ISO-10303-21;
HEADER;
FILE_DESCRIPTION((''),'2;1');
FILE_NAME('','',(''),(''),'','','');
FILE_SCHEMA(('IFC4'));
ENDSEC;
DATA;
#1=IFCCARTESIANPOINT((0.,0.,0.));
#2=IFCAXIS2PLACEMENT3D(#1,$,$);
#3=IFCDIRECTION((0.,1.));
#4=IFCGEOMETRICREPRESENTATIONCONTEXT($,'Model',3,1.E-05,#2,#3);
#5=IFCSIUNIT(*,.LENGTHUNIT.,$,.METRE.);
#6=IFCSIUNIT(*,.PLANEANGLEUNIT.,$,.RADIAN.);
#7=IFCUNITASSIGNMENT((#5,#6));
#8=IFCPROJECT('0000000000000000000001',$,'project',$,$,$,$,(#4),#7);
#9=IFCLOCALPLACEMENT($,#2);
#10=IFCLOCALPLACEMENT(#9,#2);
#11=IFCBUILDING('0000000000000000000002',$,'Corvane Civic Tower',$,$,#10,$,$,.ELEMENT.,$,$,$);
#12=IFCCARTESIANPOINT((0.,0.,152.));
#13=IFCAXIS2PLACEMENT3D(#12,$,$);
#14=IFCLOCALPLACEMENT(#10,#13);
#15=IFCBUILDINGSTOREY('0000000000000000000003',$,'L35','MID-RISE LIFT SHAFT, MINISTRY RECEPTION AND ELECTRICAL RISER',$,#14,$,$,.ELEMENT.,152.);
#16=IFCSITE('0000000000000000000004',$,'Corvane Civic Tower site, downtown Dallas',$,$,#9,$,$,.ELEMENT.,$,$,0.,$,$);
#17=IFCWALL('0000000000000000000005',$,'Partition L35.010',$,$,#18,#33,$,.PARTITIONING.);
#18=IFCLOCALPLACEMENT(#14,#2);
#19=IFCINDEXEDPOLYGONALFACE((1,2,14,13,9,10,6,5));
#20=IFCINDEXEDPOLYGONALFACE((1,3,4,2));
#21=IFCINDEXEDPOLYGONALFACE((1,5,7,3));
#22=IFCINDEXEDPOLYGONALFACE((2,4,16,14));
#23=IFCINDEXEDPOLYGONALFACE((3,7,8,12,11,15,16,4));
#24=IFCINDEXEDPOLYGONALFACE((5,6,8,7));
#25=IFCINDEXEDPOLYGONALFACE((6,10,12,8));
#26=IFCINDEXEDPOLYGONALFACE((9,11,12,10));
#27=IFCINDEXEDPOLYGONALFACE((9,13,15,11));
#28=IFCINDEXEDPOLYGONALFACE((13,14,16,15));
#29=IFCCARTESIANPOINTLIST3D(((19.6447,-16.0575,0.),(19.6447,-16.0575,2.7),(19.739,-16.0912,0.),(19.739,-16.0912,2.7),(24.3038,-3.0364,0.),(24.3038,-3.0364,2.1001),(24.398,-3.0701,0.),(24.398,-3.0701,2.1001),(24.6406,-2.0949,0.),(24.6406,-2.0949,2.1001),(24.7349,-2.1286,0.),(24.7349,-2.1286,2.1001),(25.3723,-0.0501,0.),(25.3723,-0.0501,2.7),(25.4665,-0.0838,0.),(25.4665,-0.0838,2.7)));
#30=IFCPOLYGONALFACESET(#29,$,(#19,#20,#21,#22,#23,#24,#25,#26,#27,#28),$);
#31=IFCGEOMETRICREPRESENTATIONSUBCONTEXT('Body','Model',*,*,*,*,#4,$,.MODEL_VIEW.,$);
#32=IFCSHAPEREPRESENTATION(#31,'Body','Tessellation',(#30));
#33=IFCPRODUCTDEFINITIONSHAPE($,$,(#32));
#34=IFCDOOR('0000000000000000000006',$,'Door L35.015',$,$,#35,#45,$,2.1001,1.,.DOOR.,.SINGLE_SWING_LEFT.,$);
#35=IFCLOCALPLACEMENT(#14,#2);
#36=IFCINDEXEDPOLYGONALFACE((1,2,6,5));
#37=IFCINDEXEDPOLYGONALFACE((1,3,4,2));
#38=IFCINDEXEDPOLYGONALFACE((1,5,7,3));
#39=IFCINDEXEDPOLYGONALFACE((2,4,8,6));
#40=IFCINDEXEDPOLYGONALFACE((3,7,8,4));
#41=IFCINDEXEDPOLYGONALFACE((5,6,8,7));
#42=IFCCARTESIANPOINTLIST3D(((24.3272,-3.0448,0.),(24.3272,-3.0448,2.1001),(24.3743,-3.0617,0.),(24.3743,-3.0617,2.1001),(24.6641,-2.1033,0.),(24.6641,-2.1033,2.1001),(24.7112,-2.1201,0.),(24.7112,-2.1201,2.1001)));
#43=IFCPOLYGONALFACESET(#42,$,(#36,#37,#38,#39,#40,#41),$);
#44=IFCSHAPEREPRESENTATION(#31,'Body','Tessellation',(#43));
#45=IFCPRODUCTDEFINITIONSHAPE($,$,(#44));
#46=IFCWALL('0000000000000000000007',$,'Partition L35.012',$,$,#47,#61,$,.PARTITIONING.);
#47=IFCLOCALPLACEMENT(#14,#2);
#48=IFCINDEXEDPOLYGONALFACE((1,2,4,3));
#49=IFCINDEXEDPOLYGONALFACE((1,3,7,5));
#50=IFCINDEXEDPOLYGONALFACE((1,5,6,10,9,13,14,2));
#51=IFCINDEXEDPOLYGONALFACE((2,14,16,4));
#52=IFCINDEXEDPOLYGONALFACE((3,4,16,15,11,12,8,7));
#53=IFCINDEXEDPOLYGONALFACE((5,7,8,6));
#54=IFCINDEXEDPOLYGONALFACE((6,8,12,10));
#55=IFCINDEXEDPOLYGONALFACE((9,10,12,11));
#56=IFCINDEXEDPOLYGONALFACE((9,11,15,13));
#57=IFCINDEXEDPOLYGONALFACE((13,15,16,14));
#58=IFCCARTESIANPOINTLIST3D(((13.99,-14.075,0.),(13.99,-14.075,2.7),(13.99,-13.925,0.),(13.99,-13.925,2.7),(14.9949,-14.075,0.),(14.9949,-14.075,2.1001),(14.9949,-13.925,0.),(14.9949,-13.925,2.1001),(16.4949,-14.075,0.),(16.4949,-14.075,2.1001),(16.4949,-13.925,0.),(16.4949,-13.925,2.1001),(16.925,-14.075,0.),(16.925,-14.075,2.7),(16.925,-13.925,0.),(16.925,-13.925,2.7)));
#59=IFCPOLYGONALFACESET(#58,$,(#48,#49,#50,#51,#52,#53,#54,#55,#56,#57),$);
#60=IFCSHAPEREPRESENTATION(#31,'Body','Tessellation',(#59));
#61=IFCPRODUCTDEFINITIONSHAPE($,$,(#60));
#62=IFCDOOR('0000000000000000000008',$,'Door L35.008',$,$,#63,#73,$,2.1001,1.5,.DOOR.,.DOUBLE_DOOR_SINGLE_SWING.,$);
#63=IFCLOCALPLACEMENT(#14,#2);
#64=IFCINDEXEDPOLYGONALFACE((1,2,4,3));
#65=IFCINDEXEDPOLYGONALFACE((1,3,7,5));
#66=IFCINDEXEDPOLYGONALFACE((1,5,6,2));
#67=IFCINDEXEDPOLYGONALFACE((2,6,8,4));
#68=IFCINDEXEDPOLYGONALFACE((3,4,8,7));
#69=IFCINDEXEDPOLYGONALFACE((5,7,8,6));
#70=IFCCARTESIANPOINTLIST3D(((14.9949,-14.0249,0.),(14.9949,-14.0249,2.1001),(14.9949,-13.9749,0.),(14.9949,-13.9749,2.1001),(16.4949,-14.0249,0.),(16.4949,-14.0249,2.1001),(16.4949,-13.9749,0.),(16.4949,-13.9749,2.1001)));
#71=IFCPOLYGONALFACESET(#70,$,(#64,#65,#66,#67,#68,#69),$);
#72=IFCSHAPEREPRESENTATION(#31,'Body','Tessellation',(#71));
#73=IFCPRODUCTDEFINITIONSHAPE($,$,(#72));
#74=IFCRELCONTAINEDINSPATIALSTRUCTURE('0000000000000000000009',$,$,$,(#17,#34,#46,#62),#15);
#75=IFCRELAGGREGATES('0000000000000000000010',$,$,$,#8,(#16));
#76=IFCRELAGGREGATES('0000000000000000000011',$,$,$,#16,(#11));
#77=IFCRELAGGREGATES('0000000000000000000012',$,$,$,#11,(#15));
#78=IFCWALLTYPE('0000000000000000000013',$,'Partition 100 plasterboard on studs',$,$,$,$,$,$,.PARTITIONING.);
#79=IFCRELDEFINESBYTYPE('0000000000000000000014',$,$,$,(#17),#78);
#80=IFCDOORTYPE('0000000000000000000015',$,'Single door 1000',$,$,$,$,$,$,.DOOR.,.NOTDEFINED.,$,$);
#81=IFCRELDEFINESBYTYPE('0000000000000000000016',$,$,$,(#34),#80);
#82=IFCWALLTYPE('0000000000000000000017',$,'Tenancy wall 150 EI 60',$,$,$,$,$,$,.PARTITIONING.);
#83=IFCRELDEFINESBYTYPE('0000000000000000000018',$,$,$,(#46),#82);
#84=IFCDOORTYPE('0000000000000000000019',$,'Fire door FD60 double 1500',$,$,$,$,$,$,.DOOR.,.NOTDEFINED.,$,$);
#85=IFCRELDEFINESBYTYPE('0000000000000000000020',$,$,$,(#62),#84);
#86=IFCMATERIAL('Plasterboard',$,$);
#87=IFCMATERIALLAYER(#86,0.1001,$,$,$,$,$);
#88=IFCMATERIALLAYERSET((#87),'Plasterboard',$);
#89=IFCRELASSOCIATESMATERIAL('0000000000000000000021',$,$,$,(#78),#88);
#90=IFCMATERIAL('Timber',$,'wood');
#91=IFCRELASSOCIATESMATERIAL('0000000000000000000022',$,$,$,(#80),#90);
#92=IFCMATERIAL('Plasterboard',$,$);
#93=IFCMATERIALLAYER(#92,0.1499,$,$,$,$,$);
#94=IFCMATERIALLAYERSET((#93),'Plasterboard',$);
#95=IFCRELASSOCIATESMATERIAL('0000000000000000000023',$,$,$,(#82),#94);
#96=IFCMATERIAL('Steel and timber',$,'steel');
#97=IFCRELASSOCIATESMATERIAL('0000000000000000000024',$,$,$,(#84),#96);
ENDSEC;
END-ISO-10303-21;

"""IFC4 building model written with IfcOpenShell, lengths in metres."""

from ifc_helpers import new_model, si_unit, direction, frame, frame_2d, origin, place, context, subcontext, project, spatial, rectangle, extrude, material, layer, layer_set, type_object, element, fill, save


model = new_model("IFC4")

# Units and contexts
model_context = context("Model", 3, precision=1e-05, world=origin(), true_north=direction((0.0, 1.0)))
body_context = subcontext(model_context, "Body", "Model", "MODEL_VIEW")
ifc_project = project(units=[si_unit("LENGTHUNIT", "METRE"), si_unit("PLANEANGLEUNIT", "RADIAN")], contexts=[model_context])

# Site, building, storey
site_placement = place(None, origin())
site = spatial("IfcSite", under=ifc_project, at=site_placement, Name="Corvane Civic Tower site, downtown Dallas", CompositionType="ELEMENT", RefElevation=0.0)
building_placement = place(site_placement, origin())
building = spatial("IfcBuilding", under=site, at=building_placement, Name="Corvane Civic Tower", CompositionType="ELEMENT")
storey_placement = place(building_placement, frame((0.0, 0.0, 152.0)))
storey = spatial("IfcBuildingStorey", under=building, at=storey_placement, Name="L35", Description="MID-RISE LIFT SHAFT, MINISTRY RECEPTION AND ELECTRICAL RISER", CompositionType="ELEMENT", Elevation=152.0)

# Walls, openings, doors
ifc_material_1 = material(Name="Plasterboard")
ifc_layer_1 = layer(ifc_material_1, 0.1001)
ifc_layer_set_1 = layer_set([ifc_layer_1], Name="Plasterboard")
wall_type_1 = type_object("IfcWallType", Name="Partition 100 plasterboard on studs", PredefinedType="PARTITIONING", material=ifc_layer_set_1)
wall_1_placement = place(storey_placement, frame((19.6919, -16.0742, 0.0), z_axis=(0.0, 0.0, 1.0), x_axis=(0.336891, 0.941544, 0.0)))
wall_1 = element("IfcWall", 1, at=wall_1_placement, inside=storey, type_object=wall_type_1, Name="Partition L35.010", PredefinedType="PARTITIONING", context=body_context, shape_type="SweptSolid", body=[
    extrude(rectangle(XDim=17.0012, YDim=0.1001, at=frame_2d((8.5005, 0.0))), origin(), (0.0, 0.0, 1.0), 2.7),
])
opening_1_placement = place(wall_1_placement, frame((13.8293, 0.0, 0.0)))
opening_1 = element("IfcOpeningElement", 2, at=opening_1_placement, cuts=wall_1, PredefinedType="OPENING", context=body_context, shape_type="SweptSolid", body=[
    extrude(rectangle(XDim=1.0, YDim=2.1001, at=frame_2d((0.5, 1.05))), frame((0.0, 0.0601, 0.0), z_axis=(0.0, -1.0, 0.0), x_axis=(1.0, 0.0, 0.0)), (0.0, 0.0, 1.0), 0.1201),
])
ifc_material_2 = material(Name="Timber", Category="wood")
door_type_1 = type_object("IfcDoorType", Name="Single door 1000", OperationType="NOTDEFINED", PredefinedType="DOOR", material=ifc_material_2)
door_1_placement = place(opening_1_placement, frame((1.0, 0.0, 0.0), z_axis=(0.0, 0.0, 1.0), x_axis=(-1.0, 0.0, 0.0)))
door_1 = element("IfcDoor", 3, at=door_1_placement, inside=storey, type_object=door_type_1, Name="Door L35.015", OperationType="SINGLE_SWING_LEFT", OverallHeight=2.1001, OverallWidth=1.0, PredefinedType="DOOR", context=body_context, shape_type="SweptSolid", body=[
    extrude(rectangle(XDim=1.0, YDim=2.1001, at=frame_2d((0.5, 1.05))), frame((0.0, 0.0249, 0.0), z_axis=(0.0, -1.0, 0.0), x_axis=(1.0, 0.0, 0.0)), (0.0, 0.0, 1.0), 0.05),
])
fill(opening_1, door_1)
ifc_material_3 = material(Name="Plasterboard")
ifc_layer_2 = layer(ifc_material_3, 0.1499)
ifc_layer_set_2 = layer_set([ifc_layer_2], Name="Plasterboard")
wall_type_2 = type_object("IfcWallType", Name="Tenancy wall 150 EI 60", PredefinedType="PARTITIONING", material=ifc_layer_set_2)
wall_2_placement = place(storey_placement, frame((13.99, -14.0, 0.0), z_axis=(0.0, 0.0, 1.0), x_axis=(1.0, 0.0, 0.0)))
wall_2 = element("IfcWall", 4, at=wall_2_placement, inside=storey, type_object=wall_type_2, Name="Partition L35.012", PredefinedType="PARTITIONING", context=body_context, shape_type="SweptSolid", body=[
    extrude(rectangle(XDim=2.9351, YDim=0.1499, at=frame_2d((1.4675, 0.0))), origin(), (0.0, 0.0, 1.0), 2.7),
])
opening_2_placement = place(wall_2_placement, frame((1.0049, 0.0, 0.0)))
opening_2 = element("IfcOpeningElement", 5, at=opening_2_placement, cuts=wall_2, PredefinedType="OPENING", context=body_context, shape_type="SweptSolid", body=[
    extrude(rectangle(XDim=1.5, YDim=2.1001, at=frame_2d((0.75, 1.05))), frame((0.0, 0.085, 0.0), z_axis=(0.0, -1.0, 0.0), x_axis=(1.0, 0.0, 0.0)), (0.0, 0.0, 1.0), 0.1699),
])
ifc_material_4 = material(Name="Steel and timber", Category="steel")
door_type_2 = type_object("IfcDoorType", Name="Fire door FD60 double 1500", OperationType="NOTDEFINED", PredefinedType="DOOR", material=ifc_material_4)
door_2_placement = place(opening_2_placement, frame((1.5, 0.0, 0.0), z_axis=(0.0, 0.0, 1.0), x_axis=(-1.0, 0.0, 0.0)))
door_2 = element("IfcDoor", 6, at=door_2_placement, inside=storey, type_object=door_type_2, Name="Door L35.008", OperationType="DOUBLE_DOOR_SINGLE_SWING", OverallHeight=2.1001, OverallWidth=1.5, PredefinedType="DOOR", context=body_context, shape_type="SweptSolid", body=[
    extrude(rectangle(XDim=1.5, YDim=2.1001, at=frame_2d((0.75, 1.05))), frame((0.0, 0.0249, 0.0), z_axis=(0.0, -1.0, 0.0), x_axis=(1.0, 0.0, 0.0)), (0.0, 0.0, 1.0), 0.05),
])
fill(opening_2, door_2)

save(model, "model.ifc")
